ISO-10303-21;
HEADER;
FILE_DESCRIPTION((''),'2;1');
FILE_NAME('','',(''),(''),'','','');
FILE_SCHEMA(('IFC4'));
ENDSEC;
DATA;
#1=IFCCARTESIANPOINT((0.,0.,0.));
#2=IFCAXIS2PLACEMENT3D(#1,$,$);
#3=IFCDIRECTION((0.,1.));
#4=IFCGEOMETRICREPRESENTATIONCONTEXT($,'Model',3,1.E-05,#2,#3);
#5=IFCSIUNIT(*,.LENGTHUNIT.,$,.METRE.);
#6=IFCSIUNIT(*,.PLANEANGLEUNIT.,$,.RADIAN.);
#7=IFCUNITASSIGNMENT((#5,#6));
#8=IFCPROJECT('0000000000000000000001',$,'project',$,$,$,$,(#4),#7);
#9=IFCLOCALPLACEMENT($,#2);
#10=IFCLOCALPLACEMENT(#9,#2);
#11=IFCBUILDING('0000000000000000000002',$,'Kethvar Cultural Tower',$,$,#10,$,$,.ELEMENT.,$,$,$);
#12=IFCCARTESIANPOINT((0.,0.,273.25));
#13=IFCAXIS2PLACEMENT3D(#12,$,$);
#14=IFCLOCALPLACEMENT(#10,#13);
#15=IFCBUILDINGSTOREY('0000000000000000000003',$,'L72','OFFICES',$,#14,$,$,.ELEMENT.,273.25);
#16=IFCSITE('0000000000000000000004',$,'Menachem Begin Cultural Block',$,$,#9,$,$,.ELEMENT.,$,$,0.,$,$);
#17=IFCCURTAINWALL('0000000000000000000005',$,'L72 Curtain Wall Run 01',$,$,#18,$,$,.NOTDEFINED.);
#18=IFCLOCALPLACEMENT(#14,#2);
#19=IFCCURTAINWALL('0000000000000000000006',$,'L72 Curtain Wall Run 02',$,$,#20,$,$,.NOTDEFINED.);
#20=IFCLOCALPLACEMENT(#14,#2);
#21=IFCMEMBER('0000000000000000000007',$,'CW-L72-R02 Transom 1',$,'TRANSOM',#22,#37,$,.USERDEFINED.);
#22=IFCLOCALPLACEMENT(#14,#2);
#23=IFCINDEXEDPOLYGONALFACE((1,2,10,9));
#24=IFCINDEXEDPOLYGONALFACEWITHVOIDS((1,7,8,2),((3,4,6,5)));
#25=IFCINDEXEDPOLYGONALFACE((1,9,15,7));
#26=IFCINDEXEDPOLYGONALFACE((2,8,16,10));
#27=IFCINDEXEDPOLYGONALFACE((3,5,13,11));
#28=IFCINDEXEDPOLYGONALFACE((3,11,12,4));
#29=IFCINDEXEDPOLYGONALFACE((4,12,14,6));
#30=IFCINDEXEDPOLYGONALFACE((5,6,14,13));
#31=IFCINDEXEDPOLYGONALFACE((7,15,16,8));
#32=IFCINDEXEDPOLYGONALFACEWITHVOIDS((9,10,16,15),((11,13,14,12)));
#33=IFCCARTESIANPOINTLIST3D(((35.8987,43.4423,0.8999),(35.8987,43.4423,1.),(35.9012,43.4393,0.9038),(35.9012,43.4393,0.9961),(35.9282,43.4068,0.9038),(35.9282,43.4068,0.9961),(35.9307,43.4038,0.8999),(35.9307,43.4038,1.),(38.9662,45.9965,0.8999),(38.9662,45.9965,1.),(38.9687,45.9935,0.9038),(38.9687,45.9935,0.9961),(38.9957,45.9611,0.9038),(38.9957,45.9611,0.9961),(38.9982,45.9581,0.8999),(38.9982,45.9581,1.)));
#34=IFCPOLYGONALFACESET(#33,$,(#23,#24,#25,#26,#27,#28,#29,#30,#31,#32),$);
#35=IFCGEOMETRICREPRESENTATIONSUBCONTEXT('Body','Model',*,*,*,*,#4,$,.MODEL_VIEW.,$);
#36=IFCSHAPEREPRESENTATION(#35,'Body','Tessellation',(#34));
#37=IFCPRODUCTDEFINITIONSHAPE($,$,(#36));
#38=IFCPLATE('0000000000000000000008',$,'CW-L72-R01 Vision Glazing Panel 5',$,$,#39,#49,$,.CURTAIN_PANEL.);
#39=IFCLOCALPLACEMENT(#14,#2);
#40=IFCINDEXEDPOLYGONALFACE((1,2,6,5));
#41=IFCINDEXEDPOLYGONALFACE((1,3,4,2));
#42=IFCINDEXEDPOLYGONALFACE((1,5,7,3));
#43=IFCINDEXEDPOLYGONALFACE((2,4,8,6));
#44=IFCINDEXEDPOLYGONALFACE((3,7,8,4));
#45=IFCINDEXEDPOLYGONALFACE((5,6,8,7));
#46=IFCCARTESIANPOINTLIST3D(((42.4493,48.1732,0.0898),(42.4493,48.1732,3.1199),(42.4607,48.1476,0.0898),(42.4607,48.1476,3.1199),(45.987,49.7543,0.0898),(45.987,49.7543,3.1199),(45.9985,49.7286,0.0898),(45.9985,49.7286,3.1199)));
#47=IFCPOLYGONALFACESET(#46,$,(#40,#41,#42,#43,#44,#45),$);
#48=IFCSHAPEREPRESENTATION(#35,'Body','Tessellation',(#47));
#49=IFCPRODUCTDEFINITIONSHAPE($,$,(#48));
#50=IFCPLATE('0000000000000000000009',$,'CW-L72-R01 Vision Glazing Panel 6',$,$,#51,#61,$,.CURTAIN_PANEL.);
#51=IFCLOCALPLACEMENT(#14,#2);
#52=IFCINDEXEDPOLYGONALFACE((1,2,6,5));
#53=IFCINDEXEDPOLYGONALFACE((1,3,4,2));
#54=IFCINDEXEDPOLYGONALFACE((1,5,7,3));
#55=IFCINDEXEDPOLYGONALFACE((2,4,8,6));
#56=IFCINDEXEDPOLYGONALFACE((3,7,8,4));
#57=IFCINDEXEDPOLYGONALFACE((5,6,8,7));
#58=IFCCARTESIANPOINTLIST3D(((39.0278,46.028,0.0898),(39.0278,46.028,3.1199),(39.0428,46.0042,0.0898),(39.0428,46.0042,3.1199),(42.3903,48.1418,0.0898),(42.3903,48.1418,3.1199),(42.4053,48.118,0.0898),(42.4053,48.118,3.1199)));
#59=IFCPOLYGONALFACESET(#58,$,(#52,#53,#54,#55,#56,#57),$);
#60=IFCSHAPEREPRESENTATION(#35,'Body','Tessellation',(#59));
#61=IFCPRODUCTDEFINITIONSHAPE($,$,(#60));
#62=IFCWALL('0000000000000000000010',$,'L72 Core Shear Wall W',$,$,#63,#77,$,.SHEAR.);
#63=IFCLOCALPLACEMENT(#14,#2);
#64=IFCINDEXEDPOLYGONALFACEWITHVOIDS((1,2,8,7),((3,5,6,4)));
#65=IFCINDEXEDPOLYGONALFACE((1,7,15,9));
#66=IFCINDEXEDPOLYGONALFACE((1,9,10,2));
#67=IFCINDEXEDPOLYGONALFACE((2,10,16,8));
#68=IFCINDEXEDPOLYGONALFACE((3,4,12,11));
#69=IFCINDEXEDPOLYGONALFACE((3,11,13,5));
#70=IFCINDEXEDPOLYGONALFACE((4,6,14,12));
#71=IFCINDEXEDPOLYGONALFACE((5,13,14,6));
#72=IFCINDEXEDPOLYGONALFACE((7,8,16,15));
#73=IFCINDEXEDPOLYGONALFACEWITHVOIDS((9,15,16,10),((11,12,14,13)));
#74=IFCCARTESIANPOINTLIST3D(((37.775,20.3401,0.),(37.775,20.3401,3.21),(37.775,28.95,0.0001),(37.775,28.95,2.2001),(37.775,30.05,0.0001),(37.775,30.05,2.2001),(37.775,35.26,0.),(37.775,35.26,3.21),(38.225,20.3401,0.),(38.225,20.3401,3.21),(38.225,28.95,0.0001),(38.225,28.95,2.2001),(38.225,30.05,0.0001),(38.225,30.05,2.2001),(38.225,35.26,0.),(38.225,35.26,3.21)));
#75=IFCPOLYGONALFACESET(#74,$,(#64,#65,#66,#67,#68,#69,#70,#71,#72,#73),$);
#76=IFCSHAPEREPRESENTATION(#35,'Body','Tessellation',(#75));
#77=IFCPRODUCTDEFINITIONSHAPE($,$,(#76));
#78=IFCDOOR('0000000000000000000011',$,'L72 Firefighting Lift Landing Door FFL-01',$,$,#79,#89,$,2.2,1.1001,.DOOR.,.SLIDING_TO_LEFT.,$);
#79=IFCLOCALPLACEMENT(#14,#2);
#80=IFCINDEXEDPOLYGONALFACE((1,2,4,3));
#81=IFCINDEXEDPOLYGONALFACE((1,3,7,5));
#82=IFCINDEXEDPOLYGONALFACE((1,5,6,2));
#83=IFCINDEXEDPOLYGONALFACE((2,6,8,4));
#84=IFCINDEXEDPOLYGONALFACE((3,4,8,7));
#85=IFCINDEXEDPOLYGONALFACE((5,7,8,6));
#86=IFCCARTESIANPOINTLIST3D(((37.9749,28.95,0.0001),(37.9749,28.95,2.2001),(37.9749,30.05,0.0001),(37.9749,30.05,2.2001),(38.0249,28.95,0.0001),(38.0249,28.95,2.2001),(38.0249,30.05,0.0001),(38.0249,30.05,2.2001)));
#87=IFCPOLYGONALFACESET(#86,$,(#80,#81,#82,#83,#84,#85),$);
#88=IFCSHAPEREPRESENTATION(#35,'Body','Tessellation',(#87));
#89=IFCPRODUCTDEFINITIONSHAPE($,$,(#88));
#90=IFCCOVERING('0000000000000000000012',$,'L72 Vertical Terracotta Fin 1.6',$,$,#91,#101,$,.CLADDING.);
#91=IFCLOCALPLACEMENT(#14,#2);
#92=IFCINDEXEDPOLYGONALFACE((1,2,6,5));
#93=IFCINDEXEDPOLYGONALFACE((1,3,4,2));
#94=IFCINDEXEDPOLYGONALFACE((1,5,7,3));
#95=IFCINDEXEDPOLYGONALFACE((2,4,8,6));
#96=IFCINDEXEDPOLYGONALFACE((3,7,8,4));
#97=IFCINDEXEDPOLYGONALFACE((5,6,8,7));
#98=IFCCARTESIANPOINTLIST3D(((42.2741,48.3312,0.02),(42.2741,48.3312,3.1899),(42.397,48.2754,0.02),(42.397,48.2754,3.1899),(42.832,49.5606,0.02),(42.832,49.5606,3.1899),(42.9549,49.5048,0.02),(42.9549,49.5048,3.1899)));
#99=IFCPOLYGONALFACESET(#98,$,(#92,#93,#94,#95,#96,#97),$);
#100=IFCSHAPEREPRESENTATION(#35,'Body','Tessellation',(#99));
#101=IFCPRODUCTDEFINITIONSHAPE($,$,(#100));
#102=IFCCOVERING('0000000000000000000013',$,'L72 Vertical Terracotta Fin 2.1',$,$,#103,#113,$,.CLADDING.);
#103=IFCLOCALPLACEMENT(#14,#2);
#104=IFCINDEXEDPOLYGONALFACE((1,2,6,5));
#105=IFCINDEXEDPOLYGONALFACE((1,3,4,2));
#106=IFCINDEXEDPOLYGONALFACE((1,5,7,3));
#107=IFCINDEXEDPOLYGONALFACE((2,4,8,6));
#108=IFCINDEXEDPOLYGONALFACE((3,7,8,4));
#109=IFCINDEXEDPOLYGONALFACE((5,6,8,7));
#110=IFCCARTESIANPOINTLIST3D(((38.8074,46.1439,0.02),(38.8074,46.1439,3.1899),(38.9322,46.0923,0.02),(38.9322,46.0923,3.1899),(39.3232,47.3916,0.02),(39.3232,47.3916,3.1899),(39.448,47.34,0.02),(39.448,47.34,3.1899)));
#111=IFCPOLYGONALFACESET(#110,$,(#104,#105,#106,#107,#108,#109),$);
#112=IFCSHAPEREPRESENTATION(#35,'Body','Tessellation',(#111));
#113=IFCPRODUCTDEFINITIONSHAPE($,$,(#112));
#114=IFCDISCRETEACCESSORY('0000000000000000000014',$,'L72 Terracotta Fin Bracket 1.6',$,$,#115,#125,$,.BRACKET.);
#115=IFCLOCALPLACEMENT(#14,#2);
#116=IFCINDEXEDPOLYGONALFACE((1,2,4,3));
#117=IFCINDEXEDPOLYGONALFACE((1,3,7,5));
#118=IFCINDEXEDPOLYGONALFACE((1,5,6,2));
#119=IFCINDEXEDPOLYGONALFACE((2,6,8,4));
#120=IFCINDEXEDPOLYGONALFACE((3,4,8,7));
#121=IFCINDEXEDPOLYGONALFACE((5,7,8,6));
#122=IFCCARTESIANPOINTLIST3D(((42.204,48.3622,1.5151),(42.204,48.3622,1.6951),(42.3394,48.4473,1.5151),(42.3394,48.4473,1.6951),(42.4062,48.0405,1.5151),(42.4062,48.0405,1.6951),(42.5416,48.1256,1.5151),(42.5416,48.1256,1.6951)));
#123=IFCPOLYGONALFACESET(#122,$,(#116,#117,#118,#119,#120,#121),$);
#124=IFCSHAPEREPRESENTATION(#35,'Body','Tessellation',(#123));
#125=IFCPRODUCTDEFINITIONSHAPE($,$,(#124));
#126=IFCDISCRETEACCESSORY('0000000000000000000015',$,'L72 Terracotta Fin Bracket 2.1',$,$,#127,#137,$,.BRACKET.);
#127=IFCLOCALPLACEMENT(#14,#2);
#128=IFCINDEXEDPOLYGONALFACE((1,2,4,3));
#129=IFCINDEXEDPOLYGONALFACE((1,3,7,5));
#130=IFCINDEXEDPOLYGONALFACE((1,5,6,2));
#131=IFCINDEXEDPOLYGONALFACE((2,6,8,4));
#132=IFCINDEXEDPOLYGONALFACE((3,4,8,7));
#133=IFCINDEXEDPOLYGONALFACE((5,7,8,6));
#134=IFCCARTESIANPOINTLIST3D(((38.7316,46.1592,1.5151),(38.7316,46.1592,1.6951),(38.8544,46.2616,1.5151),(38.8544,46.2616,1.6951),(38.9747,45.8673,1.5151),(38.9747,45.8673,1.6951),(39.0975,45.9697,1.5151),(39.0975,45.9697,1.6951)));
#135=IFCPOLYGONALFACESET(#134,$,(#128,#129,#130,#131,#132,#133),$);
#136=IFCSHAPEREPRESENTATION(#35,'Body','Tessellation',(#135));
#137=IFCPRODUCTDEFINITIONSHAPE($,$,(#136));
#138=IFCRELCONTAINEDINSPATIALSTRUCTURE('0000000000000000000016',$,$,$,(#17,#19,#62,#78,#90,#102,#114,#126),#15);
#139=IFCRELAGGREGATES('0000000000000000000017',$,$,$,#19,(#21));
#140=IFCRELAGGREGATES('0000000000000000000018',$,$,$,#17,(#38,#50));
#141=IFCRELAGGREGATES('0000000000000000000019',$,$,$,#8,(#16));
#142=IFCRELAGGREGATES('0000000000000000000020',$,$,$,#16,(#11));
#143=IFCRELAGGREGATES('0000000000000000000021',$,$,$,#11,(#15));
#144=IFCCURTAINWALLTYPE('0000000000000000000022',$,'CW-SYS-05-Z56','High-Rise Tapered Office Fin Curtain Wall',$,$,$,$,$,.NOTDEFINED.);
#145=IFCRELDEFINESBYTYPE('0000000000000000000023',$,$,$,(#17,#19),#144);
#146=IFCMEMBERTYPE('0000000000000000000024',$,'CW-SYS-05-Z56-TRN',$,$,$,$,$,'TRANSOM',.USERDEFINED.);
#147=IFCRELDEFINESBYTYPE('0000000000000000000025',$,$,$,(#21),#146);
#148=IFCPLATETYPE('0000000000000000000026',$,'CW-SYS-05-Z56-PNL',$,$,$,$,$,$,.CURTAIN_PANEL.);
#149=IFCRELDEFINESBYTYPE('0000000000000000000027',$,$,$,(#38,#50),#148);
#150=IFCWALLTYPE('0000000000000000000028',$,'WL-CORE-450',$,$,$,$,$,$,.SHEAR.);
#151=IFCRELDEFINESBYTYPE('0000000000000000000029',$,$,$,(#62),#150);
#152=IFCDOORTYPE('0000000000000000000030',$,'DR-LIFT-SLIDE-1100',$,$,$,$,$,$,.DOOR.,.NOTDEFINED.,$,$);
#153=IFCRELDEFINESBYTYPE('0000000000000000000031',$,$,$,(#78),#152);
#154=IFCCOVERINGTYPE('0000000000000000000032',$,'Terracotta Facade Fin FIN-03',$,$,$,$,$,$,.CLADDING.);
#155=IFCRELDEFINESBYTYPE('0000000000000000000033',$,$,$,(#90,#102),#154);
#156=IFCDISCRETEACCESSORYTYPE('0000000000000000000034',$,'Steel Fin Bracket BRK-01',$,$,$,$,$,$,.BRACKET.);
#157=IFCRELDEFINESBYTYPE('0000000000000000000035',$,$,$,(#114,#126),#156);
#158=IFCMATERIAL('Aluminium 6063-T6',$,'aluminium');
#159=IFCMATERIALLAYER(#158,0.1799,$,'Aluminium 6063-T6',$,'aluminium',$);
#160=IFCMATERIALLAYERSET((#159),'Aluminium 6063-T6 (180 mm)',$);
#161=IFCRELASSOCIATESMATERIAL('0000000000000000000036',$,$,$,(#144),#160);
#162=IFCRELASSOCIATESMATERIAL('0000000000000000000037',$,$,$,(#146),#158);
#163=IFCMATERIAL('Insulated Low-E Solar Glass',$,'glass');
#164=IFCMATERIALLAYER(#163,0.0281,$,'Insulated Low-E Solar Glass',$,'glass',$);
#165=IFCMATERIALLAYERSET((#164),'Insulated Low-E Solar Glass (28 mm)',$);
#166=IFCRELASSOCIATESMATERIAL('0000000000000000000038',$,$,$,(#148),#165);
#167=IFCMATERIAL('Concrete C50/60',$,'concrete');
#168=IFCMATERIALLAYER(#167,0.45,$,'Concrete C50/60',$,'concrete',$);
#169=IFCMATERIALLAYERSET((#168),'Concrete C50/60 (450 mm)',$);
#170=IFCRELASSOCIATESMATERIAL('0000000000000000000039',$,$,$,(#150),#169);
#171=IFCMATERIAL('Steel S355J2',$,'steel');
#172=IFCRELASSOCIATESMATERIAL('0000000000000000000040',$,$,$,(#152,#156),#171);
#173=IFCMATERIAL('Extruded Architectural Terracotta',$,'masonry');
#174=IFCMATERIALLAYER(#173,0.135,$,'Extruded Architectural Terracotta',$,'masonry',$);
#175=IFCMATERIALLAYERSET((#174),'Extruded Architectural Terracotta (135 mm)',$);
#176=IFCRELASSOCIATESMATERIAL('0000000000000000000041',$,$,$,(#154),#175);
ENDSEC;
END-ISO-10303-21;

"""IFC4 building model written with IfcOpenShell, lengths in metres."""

from ifc_helpers import new_model, si_unit, direction, frame, frame_2d, origin, origin_2d, place, context, subcontext, project, spatial, rectangle, hollow_rectangle, extrude, source, transform, mapped, material, layer, layer_set, material_profile, profile_set, type_object, element, fill, aggregate, save


model = new_model("IFC4")

# Units and contexts
model_context = context("Model", 3, precision=1e-05, world=origin(), true_north=direction((0.0, 1.0)))
body_context = subcontext(model_context, "Body", "Model", "MODEL_VIEW")
ifc_project = project(units=[si_unit("LENGTHUNIT", "METRE"), si_unit("PLANEANGLEUNIT", "RADIAN")], contexts=[model_context])

# Site, building, storey
site_placement = place(None, origin())
site = spatial("IfcSite", under=ifc_project, at=site_placement, Name="Menachem Begin Cultural Block", CompositionType="ELEMENT", RefElevation=0.0)
building_placement = place(site_placement, origin())
building = spatial("IfcBuilding", under=site, at=building_placement, Name="Kethvar Cultural Tower", CompositionType="ELEMENT")
storey_placement = place(building_placement, frame((0.0, 0.0, 273.25)))
storey = spatial("IfcBuildingStorey", under=building, at=storey_placement, Name="L72", Description="OFFICES", CompositionType="ELEMENT", Elevation=273.25)

# Shared definitions
ifc_material_1 = material(Name="Steel S355J2", Category="steel")

# Curtain wall
ifc_material_2 = material(Name="Aluminium 6063-T6", Category="aluminium")
ifc_layer_1 = layer(ifc_material_2, 0.1799, Name="Aluminium 6063-T6", Category="aluminium")
ifc_layer_set_1 = layer_set([ifc_layer_1], Name="Aluminium 6063-T6 (180 mm)")
curtain_wall_type = type_object("IfcCurtainWallType", Name="CW-SYS-05-Z56", Description="High-Rise Tapered Office Fin Curtain Wall", PredefinedType="NOTDEFINED", material=ifc_layer_set_1)
curtain_wall_1_placement = place(storey_placement, origin())
curtain_wall_1 = element("IfcCurtainWall", 1, at=curtain_wall_1_placement, inside=storey, type_object=curtain_wall_type, Name="L72 Curtain Wall Run 01", PredefinedType="NOTDEFINED")

# Curtain wall
curtain_wall_2_placement = place(storey_placement, origin())
curtain_wall_2 = element("IfcCurtainWall", 2, at=curtain_wall_2_placement, inside=storey, type_object=curtain_wall_type, Name="L72 Curtain Wall Run 02", PredefinedType="NOTDEFINED")

# Member
ifc_material_profile_1 = material_profile(ifc_material_2, hollow_rectangle(XDim=0.05, YDim=0.1001, WallThickness=0.0039, at=origin_2d()), Name="Aluminium 6063-T6 — RHS100x50x4")
ifc_profile_set_1 = profile_set([ifc_material_profile_1], Name="Aluminium 6063-T6 — RHS100x50x4")
member_type_1 = type_object("IfcMemberType", Name="CW-SYS-05-Z56-TRN", ElementType="TRANSOM", PredefinedType="USERDEFINED", material=ifc_profile_set_1)
shared_shape_1 = source(origin(), body_context, "Body", "SweptSolid", [
    extrude(hollow_rectangle(XDim=0.05, YDim=0.1001, WallThickness=0.0039, at=origin_2d()), origin(), (0.0, 0.0, 1.0), 3.9917),
])
member_1_placement = place(storey_placement, frame((38.9822, 45.9773, 0.95), z_axis=(-0.768462, -0.639896, 0.0), x_axis=(0.639896, -0.768462, 0.0)))
member_1 = element("IfcMember", 3, at=member_1_placement, type_object=member_type_1, Name="CW-L72-R02 Transom 1", ObjectType="TRANSOM", PredefinedType="USERDEFINED", context=body_context, shape_type="MappedRepresentation", body=[
    mapped(shared_shape_1, transform((0.0, 0.0, 0.0), scale=1.0)),
])
aggregate(curtain_wall_2, [member_1])

# Plates
ifc_material_3 = material(Name="Insulated Low-E Solar Glass", Category="glass")
ifc_layer_2 = layer(ifc_material_3, 0.0281, Name="Insulated Low-E Solar Glass", Category="glass")
ifc_layer_set_2 = layer_set([ifc_layer_2], Name="Insulated Low-E Solar Glass (28 mm)")
plate_type = type_object("IfcPlateType", Name="CW-SYS-05-Z56-PNL", PredefinedType="CURTAIN_PANEL", material=ifc_layer_set_2)
shared_shape_2 = source(origin(), body_context, "Body", "SweptSolid", [
    extrude(rectangle(XDim=3.875, YDim=0.0281, at=origin_2d()), origin(), (0.0, 0.0, 1.0), 3.03),
])
plate_1_placement = place(storey_placement, frame((44.2239, 48.9509, 0.0898), z_axis=(0.0, 0.0, 1.0), x_axis=(-0.912977, -0.408012, 0.0)))
plate_1 = element("IfcPlate", 4, at=plate_1_placement, type_object=plate_type, Name="CW-L72-R01 Vision Glazing Panel 5", PredefinedType="CURTAIN_PANEL", context=body_context, shape_type="MappedRepresentation", body=[
    mapped(shared_shape_2, transform((0.0, 0.0, 0.0), scale=1.0)),
])
shared_shape_3 = source(origin(), body_context, "Body", "SweptSolid", [
    extrude(rectangle(XDim=3.9717, YDim=0.0281, at=origin_2d()), origin(), (0.0, 0.0, 1.0), 3.03),
])
plate_2_placement = place(storey_placement, frame((40.7166, 47.073, 0.0898), z_axis=(0.0, 0.0, 1.0), x_axis=(-0.846611, -0.532212, 0.0)))
plate_2 = element("IfcPlate", 5, at=plate_2_placement, type_object=plate_type, Name="CW-L72-R01 Vision Glazing Panel 6", PredefinedType="CURTAIN_PANEL", context=body_context, shape_type="MappedRepresentation", body=[
    mapped(shared_shape_3, transform((0.0, 0.0, 0.0), scale=1.0)),
])
aggregate(curtain_wall_1, [plate_1, plate_2])

# Wall, opening, door
ifc_material_4 = material(Name="Concrete C50/60", Category="concrete")
ifc_layer_3 = layer(ifc_material_4, 0.45, Name="Concrete C50/60", Category="concrete")
ifc_layer_set_3 = layer_set([ifc_layer_3], Name="Concrete C50/60 (450 mm)")
wall_type = type_object("IfcWallType", Name="WL-CORE-450", PredefinedType="SHEAR", material=ifc_layer_set_3)
wall_placement = place(storey_placement, frame((38.0, 35.26, 0.0), z_axis=(0.0, 0.0, 1.0), x_axis=(0.0, -1.0, 0.0)))
wall = element("IfcWall", 6, at=wall_placement, inside=storey, type_object=wall_type, Name="L72 Core Shear Wall W", PredefinedType="SHEAR", context=body_context, shape_type="SweptSolid", body=[
    extrude(rectangle(XDim=14.9199, YDim=0.45, at=frame_2d((7.46, 0.0))), origin(), (0.0, 0.0, 1.0), 3.21),
])
opening_placement = place(wall_placement, frame((5.21, 0.0, 0.0)))
opening = element("IfcOpeningElement", 7, at=opening_placement, cuts=wall, PredefinedType="OPENING", context=body_context, shape_type="SweptSolid", body=[
    extrude(rectangle(XDim=1.1001, YDim=2.2, at=frame_2d((0.55, 1.1001))), frame((0.0, 0.2349, 0.0), z_axis=(0.0, -1.0, 0.0), x_axis=(1.0, 0.0, 0.0)), (0.0, 0.0, 1.0), 0.47),
])
door_type = type_object("IfcDoorType", Name="DR-LIFT-SLIDE-1100", OperationType="NOTDEFINED", PredefinedType="DOOR", material=ifc_material_1)
shared_shape_4 = source(origin(), body_context, "Body", "SweptSolid", [
    extrude(rectangle(XDim=1.1001, YDim=2.2, at=frame_2d((0.55, 1.1001))), frame((0.0, 0.0249, 0.0), z_axis=(0.0, -1.0, 0.0), x_axis=(1.0, 0.0, 0.0)), (0.0, 0.0, 1.0), 0.05),
])
door_placement = place(opening_placement, origin())
door = element("IfcDoor", 8, at=door_placement, inside=storey, type_object=door_type, Name="L72 Firefighting Lift Landing Door FFL-01", OperationType="SLIDING_TO_LEFT", OverallHeight=2.2, OverallWidth=1.1001, PredefinedType="DOOR", context=body_context, shape_type="MappedRepresentation", body=[
    mapped(shared_shape_4, transform((0.0, 0.0, 0.0), scale=1.0)),
])
fill(opening, door)

# Coverings
ifc_material_5 = material(Name="Extruded Architectural Terracotta", Category="masonry")
ifc_layer_4 = layer(ifc_material_5, 0.135, Name="Extruded Architectural Terracotta", Category="masonry")
ifc_layer_set_4 = layer_set([ifc_layer_4], Name="Extruded Architectural Terracotta (135 mm)")
covering_type = type_object("IfcCoveringType", Name="Terracotta Facade Fin FIN-03", PredefinedType="CLADDING", material=ifc_layer_set_4)
shared_shape_5 = source(origin(), body_context, "Body", "SweptSolid", [
    extrude(rectangle(XDim=1.3501, YDim=0.135, at=origin_2d()), origin(), (0.0, 0.0, 1.0), 3.1699),
])
for number, where, z_axis, x_axis, name in (
    (9, (42.6145, 48.918, 0.02), (0.0, 0.0, 1.0), (0.413263, 0.910612, 0.0), "L72 Vertical Terracotta Fin 1.6"),
    (10, (39.1277, 46.7419, 0.02), (0.0, 0.0, 1.0), (0.382038, 0.924146, 0.0), "L72 Vertical Terracotta Fin 2.1"),
):
    element("IfcCovering", number, at=place(storey_placement, frame(where, z_axis=z_axis, x_axis=x_axis)), inside=storey, type_object=covering_type, Name=name, PredefinedType="CLADDING", context=body_context, shape_type="MappedRepresentation", body=[
        mapped(shared_shape_5, transform((0.0, 0.0, 0.0), scale=1.0)),
    ])

# Discrete accessories
discrete_accessory_type = type_object("IfcDiscreteAccessoryType", Name="Steel Fin Bracket BRK-01", PredefinedType="BRACKET", material=ifc_material_1)
shared_shape_6 = source(origin(), body_context, "Body", "SweptSolid", [
    extrude(rectangle(XDim=0.3799, YDim=0.1599, at=origin_2d()), origin(), (0.0, 0.0, 1.0), 0.1799),
])
for number, where, z_axis, x_axis, name in (
    (11, (42.3728, 48.2439, 1.5151), (0.0, 0.0, 1.0), (-0.532138, 0.846658, 0.0), "L72 Terracotta Fin Bracket 1.6"),
    (12, (38.9146, 46.0645, 1.5151), (0.0, 0.0, 1.0), (-0.639976, 0.768395, 0.0), "L72 Terracotta Fin Bracket 2.1"),
):
    element("IfcDiscreteAccessory", number, at=place(storey_placement, frame(where, z_axis=z_axis, x_axis=x_axis)), inside=storey, type_object=discrete_accessory_type, Name=name, PredefinedType="BRACKET", context=body_context, shape_type="MappedRepresentation", body=[
        mapped(shared_shape_6, transform((0.0, 0.0, 0.0), scale=1.0)),
    ])

save(model, "model.ifc")
